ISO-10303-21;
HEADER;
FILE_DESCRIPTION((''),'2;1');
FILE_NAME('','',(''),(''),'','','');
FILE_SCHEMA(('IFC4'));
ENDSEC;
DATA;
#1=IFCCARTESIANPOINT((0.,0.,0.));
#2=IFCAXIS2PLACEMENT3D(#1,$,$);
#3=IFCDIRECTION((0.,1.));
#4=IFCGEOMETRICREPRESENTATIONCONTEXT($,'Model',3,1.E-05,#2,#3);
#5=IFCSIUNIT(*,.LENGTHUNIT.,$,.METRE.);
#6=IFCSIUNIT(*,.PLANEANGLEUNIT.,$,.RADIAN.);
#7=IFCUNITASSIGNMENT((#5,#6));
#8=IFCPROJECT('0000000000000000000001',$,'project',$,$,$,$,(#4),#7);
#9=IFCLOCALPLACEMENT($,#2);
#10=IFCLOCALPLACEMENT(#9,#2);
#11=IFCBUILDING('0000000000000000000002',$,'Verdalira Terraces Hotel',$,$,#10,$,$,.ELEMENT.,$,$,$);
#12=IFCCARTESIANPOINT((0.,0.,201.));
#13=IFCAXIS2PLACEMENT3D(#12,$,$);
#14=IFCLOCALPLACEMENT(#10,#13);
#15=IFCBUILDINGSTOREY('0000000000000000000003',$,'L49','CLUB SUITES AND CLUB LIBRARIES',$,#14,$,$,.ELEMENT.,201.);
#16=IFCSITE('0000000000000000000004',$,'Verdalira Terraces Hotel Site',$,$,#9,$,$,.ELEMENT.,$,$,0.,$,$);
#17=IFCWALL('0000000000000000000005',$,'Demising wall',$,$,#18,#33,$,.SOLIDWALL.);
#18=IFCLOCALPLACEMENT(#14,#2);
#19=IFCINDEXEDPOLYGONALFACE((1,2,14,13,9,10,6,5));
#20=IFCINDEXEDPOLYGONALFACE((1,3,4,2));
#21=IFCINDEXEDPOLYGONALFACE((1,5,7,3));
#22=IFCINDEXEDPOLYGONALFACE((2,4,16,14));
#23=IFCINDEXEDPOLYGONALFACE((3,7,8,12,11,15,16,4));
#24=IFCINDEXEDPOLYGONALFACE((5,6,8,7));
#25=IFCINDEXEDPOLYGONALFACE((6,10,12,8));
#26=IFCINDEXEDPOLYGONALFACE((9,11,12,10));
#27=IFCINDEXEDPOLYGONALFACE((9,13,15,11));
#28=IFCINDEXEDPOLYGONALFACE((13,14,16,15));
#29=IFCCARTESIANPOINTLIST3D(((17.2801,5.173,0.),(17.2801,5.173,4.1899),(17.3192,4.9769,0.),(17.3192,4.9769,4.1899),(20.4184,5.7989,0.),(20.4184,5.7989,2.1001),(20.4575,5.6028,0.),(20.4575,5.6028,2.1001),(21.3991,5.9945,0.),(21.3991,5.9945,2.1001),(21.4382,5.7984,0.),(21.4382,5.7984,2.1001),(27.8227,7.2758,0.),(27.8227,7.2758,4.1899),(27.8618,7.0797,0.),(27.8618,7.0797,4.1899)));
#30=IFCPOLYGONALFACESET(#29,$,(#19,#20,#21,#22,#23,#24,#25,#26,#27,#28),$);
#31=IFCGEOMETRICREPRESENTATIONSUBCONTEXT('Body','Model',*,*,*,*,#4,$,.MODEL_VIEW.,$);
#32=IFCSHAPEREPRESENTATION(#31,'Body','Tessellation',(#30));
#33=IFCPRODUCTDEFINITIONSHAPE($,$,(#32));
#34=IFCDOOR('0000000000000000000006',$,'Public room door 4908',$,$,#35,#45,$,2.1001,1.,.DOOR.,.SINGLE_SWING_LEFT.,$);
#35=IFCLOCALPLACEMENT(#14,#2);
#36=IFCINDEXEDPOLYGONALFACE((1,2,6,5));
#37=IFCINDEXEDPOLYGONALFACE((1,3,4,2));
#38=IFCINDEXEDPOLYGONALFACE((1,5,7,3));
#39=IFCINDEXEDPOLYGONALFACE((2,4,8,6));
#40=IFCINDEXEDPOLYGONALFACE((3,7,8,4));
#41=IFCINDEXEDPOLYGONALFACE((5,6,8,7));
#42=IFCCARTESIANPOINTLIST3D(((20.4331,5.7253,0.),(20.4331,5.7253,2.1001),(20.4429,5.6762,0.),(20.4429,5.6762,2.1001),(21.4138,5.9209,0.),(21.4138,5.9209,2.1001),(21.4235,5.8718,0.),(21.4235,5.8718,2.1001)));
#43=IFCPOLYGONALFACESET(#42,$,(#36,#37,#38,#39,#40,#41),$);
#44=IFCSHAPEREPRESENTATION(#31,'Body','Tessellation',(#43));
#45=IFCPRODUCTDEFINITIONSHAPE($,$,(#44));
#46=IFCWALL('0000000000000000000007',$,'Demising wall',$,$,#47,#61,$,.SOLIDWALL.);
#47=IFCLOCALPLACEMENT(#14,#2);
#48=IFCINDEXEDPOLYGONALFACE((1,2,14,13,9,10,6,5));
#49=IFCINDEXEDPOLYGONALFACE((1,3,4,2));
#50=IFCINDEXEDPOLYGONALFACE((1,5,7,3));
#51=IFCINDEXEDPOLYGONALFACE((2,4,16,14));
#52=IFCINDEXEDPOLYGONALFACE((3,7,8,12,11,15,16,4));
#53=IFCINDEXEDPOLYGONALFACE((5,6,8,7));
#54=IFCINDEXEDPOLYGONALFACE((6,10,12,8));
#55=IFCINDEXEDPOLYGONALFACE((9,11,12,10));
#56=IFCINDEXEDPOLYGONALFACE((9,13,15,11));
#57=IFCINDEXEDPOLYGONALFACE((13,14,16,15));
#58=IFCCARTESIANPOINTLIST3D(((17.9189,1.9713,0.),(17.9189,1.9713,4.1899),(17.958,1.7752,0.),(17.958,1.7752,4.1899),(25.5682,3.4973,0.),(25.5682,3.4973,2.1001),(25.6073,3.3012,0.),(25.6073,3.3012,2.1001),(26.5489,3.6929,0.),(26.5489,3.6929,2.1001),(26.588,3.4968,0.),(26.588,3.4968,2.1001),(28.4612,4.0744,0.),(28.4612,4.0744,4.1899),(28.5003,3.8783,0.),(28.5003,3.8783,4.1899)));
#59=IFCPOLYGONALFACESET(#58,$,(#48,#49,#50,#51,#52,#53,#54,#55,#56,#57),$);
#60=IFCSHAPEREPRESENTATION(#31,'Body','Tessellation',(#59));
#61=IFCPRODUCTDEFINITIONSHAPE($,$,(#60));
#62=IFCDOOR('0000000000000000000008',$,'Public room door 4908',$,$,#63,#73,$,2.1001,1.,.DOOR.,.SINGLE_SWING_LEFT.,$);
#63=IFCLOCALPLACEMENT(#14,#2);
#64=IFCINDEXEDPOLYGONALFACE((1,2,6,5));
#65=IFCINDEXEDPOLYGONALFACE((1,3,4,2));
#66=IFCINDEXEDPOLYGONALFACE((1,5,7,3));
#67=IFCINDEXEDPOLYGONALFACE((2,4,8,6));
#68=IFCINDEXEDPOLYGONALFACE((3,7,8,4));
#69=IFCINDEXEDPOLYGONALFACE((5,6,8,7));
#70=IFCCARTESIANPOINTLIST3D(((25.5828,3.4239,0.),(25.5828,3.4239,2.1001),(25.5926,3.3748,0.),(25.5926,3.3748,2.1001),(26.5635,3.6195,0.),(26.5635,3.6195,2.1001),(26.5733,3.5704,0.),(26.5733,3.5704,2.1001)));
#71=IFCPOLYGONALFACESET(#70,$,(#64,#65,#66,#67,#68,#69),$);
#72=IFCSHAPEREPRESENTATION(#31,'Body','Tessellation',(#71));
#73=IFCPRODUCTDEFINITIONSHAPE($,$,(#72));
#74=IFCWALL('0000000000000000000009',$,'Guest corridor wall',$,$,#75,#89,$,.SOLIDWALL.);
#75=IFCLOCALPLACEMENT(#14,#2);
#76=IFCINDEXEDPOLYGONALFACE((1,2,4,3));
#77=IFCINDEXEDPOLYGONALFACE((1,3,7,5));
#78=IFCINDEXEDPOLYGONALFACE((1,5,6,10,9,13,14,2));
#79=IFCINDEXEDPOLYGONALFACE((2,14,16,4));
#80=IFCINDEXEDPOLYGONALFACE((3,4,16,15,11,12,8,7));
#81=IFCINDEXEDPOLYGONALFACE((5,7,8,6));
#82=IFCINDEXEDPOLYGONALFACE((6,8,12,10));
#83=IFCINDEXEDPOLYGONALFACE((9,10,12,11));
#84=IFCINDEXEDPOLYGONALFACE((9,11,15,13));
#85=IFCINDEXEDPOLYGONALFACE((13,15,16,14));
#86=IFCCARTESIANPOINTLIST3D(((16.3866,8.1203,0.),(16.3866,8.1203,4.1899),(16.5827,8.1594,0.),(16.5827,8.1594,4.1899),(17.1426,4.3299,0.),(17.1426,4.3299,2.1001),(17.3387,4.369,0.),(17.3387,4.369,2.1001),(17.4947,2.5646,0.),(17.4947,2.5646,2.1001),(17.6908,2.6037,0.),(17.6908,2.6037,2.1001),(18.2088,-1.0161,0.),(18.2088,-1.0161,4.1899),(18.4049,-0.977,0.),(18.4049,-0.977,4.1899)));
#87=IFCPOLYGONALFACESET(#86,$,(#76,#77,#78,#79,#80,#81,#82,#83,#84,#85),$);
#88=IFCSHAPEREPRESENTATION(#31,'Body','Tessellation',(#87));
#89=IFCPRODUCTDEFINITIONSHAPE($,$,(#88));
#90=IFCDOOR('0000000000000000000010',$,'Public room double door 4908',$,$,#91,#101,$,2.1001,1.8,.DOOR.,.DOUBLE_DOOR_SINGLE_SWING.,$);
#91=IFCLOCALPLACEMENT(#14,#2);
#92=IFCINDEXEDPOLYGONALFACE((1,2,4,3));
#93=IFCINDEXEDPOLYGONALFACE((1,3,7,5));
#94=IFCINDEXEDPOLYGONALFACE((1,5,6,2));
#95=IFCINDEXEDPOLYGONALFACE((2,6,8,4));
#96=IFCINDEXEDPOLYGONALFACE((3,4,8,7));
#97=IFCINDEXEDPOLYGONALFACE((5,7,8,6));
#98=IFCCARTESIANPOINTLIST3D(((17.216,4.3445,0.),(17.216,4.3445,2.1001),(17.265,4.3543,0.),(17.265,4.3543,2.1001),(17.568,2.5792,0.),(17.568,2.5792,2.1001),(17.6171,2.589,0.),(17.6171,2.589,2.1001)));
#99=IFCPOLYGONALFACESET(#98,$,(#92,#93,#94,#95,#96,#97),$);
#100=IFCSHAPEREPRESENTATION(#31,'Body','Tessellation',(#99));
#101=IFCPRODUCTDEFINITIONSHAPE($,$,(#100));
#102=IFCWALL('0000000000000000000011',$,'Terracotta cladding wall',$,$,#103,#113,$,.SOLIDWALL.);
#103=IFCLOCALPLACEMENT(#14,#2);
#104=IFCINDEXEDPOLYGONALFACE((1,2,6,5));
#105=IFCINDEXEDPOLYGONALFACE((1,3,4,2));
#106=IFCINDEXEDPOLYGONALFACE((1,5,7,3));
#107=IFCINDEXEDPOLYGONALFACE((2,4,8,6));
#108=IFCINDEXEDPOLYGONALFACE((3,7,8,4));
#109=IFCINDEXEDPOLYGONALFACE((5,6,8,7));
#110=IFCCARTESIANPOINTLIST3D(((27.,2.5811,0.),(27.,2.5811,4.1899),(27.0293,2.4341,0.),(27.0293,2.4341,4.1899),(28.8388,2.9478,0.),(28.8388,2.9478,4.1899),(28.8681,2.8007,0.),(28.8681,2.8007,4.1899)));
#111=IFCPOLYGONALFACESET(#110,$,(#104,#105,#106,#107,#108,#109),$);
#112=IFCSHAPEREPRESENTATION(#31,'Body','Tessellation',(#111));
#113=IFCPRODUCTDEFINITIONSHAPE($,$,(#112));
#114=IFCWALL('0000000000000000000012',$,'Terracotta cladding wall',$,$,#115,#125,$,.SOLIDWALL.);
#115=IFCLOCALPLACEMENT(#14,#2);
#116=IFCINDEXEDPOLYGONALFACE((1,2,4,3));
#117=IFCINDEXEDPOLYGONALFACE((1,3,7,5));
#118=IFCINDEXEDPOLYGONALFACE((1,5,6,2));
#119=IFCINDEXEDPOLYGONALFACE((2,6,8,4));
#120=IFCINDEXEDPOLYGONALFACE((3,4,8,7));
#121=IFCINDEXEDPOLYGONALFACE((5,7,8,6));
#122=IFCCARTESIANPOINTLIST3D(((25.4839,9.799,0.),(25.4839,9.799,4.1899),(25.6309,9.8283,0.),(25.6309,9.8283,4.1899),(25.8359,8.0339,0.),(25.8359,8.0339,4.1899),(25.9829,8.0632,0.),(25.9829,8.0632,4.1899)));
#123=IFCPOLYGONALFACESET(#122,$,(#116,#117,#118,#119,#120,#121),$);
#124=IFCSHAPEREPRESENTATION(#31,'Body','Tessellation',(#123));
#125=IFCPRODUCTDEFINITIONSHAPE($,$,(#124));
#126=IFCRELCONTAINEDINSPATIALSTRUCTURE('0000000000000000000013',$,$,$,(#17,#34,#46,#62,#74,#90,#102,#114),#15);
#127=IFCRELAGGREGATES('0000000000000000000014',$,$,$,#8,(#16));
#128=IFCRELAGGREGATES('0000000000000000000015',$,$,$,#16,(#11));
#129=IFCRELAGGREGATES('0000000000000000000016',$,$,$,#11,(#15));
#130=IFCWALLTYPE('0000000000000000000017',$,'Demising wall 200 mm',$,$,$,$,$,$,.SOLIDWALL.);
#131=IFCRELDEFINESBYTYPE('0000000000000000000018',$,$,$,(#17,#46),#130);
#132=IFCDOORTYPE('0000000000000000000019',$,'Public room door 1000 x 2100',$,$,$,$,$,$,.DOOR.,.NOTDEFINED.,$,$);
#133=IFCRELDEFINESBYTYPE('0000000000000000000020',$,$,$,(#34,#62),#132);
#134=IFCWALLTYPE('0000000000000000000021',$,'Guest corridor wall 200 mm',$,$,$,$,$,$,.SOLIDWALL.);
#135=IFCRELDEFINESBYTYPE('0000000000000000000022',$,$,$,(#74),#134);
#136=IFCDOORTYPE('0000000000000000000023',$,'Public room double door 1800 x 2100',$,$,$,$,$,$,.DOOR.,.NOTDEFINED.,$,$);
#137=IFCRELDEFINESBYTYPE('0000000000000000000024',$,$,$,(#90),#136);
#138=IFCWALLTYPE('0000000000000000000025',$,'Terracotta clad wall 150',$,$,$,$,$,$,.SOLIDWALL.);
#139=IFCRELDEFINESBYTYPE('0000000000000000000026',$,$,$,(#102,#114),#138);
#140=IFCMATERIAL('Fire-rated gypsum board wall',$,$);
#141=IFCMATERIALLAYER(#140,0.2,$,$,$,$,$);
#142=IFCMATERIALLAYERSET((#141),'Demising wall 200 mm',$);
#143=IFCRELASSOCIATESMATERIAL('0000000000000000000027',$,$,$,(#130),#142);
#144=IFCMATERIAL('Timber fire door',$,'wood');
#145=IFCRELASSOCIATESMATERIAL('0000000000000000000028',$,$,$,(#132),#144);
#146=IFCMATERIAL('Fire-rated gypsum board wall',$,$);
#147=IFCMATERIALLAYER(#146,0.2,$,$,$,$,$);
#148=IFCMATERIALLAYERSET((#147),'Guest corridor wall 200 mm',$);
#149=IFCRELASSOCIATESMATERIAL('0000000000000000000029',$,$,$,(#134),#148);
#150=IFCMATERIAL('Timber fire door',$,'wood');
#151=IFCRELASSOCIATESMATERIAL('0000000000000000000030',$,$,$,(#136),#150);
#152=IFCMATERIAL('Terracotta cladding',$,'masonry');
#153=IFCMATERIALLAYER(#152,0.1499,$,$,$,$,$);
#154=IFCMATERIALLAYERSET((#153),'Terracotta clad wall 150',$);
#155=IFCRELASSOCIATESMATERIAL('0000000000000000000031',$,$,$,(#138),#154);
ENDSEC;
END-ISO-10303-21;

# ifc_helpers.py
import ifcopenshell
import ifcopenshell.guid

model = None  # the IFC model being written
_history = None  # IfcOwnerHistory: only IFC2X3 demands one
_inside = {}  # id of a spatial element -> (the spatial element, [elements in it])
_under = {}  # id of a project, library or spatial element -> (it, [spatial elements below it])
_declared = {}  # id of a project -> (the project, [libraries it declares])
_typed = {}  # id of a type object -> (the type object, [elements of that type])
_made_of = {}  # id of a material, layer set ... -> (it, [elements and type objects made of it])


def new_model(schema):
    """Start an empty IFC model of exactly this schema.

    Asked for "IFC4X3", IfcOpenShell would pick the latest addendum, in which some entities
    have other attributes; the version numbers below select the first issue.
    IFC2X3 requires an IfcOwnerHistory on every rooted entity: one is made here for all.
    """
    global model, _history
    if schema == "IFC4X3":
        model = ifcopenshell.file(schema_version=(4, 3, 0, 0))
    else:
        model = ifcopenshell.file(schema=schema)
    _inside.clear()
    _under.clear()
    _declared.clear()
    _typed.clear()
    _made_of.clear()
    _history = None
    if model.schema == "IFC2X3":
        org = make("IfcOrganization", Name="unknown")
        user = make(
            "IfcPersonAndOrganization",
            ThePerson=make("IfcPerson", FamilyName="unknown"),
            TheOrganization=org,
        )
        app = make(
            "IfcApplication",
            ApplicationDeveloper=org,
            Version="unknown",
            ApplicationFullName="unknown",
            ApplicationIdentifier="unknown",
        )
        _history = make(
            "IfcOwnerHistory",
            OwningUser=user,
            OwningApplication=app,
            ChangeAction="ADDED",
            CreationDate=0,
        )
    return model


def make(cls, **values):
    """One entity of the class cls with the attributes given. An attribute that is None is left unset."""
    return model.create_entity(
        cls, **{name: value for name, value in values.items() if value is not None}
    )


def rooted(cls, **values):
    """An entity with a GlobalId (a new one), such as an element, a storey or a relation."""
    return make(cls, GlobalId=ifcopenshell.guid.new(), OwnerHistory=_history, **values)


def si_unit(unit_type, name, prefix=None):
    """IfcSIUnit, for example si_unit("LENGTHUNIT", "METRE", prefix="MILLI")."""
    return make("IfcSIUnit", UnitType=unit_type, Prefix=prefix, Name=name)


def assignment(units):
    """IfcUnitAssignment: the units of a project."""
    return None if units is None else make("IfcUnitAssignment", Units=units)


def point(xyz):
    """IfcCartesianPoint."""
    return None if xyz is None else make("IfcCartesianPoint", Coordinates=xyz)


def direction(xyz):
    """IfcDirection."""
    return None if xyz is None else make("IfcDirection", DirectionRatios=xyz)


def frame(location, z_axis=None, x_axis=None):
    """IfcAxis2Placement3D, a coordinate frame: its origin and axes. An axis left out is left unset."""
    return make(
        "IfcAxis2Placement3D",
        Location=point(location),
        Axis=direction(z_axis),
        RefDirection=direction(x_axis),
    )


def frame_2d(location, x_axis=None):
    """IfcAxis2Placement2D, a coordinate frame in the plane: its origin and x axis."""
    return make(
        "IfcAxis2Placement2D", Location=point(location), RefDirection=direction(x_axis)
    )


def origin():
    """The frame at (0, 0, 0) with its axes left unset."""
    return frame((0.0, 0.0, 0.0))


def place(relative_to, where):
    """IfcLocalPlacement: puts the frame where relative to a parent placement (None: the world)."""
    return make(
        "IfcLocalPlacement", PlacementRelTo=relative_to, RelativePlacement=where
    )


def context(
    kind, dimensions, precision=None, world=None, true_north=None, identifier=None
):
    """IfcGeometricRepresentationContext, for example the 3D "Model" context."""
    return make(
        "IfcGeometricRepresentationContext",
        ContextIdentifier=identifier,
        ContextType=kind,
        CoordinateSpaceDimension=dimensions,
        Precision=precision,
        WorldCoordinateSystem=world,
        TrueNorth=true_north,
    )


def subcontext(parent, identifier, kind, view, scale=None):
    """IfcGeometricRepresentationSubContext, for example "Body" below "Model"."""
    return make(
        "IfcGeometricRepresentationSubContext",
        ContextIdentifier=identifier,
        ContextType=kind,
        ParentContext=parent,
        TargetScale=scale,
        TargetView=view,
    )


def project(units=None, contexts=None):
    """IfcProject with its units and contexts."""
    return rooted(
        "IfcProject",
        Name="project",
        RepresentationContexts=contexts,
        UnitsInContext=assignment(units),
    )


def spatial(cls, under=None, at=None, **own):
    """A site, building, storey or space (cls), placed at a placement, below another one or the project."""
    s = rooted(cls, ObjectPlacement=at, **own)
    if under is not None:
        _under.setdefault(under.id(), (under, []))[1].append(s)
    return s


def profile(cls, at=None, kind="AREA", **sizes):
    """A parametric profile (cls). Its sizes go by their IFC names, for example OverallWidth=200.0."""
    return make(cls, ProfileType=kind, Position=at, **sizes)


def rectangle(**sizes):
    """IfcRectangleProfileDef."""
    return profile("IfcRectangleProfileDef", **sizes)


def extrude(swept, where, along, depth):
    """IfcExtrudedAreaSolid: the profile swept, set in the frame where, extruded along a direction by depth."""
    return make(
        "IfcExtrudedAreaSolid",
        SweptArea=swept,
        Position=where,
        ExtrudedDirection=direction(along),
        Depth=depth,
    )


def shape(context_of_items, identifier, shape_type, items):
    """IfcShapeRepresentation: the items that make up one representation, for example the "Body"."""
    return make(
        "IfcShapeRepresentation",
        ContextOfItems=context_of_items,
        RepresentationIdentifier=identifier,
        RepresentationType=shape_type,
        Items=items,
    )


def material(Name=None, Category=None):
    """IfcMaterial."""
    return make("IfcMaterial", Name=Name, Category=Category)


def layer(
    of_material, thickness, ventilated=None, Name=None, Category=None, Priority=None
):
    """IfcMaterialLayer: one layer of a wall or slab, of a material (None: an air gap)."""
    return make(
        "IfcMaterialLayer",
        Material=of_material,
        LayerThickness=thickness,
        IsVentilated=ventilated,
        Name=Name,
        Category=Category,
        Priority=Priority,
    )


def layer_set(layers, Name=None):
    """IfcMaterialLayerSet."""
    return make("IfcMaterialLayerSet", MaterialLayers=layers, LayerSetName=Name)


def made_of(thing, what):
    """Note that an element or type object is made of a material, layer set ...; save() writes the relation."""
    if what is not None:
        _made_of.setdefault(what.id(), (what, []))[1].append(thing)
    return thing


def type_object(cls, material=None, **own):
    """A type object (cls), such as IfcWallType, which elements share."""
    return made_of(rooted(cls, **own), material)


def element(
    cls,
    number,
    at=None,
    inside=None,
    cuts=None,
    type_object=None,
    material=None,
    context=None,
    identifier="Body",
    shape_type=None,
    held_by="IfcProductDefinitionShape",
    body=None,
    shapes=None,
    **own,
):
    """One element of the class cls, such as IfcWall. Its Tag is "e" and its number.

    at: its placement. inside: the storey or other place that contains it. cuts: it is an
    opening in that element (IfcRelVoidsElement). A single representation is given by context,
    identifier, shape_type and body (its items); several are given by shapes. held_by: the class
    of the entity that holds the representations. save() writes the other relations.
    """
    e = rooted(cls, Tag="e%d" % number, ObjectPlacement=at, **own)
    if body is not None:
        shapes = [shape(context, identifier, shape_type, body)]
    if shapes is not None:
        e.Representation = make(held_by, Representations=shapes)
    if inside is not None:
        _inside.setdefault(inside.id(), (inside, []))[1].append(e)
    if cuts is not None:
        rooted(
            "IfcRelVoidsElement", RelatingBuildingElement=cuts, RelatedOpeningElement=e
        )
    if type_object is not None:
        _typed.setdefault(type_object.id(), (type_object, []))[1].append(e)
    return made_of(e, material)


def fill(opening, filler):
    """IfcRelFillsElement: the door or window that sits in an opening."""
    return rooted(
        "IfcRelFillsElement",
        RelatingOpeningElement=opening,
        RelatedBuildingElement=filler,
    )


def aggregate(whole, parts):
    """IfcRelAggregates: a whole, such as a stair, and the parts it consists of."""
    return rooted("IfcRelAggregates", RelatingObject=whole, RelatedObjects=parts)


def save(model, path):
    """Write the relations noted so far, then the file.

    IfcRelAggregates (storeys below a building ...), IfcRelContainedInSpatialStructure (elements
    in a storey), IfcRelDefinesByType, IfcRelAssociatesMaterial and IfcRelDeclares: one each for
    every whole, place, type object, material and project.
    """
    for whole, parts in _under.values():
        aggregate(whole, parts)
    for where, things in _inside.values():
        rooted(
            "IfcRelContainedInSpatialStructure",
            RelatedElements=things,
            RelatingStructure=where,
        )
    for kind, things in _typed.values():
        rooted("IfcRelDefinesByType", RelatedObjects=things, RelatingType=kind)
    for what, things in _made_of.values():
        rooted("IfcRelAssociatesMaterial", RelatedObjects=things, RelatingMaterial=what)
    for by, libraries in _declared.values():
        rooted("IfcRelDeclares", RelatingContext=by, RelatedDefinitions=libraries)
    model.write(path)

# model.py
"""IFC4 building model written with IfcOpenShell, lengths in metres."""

from ifc_helpers import new_model, si_unit, direction, frame, frame_2d, origin, place, context, subcontext, project, spatial, rectangle, extrude, material, layer, layer_set, type_object, element, fill, save


model = new_model("IFC4")

# Units and contexts
model_context = context("Model", 3, precision=1e-05, world=origin(), true_north=direction((0.0, 1.0)))
body_context = subcontext(model_context, "Body", "Model", "MODEL_VIEW")
ifc_project = project(units=[si_unit("LENGTHUNIT", "METRE"), si_unit("PLANEANGLEUNIT", "RADIAN")], contexts=[model_context])

# Site, building, storey
site_placement = place(None, origin())
site = spatial("IfcSite", under=ifc_project, at=site_placement, Name="Verdalira Terraces Hotel Site", CompositionType="ELEMENT", RefElevation=0.0)
building_placement = place(site_placement, origin())
building = spatial("IfcBuilding", under=site, at=building_placement, Name="Verdalira Terraces Hotel", CompositionType="ELEMENT")
storey_placement = place(building_placement, frame((0.0, 0.0, 201.0)))
storey = spatial("IfcBuildingStorey", under=building, at=storey_placement, Name="L49", Description="CLUB SUITES AND CLUB LIBRARIES", CompositionType="ELEMENT", Elevation=201.0)

# Walls, openings, doors
ifc_material_1 = material(Name="Fire-rated gypsum board wall")
ifc_layer_1 = layer(ifc_material_1, 0.2)
ifc_layer_set_1 = layer_set([ifc_layer_1], Name="Demising wall 200 mm")
wall_type_1 = type_object("IfcWallType", Name="Demising wall 200 mm", PredefinedType="SOLIDWALL", material=ifc_layer_set_1)
wall_1_placement = place(storey_placement, frame((17.2998, 5.075, 0.0), z_axis=(0.0, 0.0, 1.0), x_axis=(0.980683, 0.195605, 0.0)))
wall_1 = element("IfcWall", 1, at=wall_1_placement, inside=storey, type_object=wall_type_1, Name="Demising wall", PredefinedType="SOLIDWALL", context=body_context, shape_type="SweptSolid", body=[
    extrude(rectangle(XDim=10.7502, YDim=0.2, at=frame_2d((5.375, 0.0))), origin(), (0.0, 0.0, 1.0), 4.1899),
])
opening_1_placement = place(wall_1_placement, frame((3.2, 0.0, 0.0)))
opening_1 = element("IfcOpeningElement", 2, at=opening_1_placement, cuts=wall_1, PredefinedType="OPENING", context=body_context, shape_type="SweptSolid", body=[
    extrude(rectangle(XDim=1.0, YDim=2.1001, at=frame_2d((0.5, 1.05))), frame((0.0, 0.1099, 0.0), z_axis=(0.0, -1.0, 0.0), x_axis=(1.0, 0.0, 0.0)), (0.0, 0.0, 1.0), 0.22),
])
ifc_material_2 = material(Name="Timber fire door", Category="wood")
door_type_1 = type_object("IfcDoorType", Name="Public room door 1000 x 2100", OperationType="NOTDEFINED", PredefinedType="DOOR", material=ifc_material_2)
door_1_placement = place(opening_1_placement, origin())
door_1 = element("IfcDoor", 3, at=door_1_placement, inside=storey, type_object=door_type_1, Name="Public room door 4908", OperationType="SINGLE_SWING_LEFT", OverallHeight=2.1001, OverallWidth=1.0, PredefinedType="DOOR", context=body_context, shape_type="SweptSolid", body=[
    extrude(rectangle(XDim=1.0, YDim=2.1001, at=frame_2d((0.5, 1.05))), frame((0.0, 0.0249, 0.0), z_axis=(0.0, -1.0, 0.0), x_axis=(1.0, 0.0, 0.0)), (0.0, 0.0, 1.0), 0.05),
])
fill(opening_1, door_1)
wall_2_placement = place(storey_placement, frame((28.4807, 3.9763, 0.0), z_axis=(0.0, 0.0, 1.0), x_axis=(-0.980678, -0.195631, 0.0)))
wall_2 = element("IfcWall", 4, at=wall_2_placement, inside=storey, type_object=wall_type_1, Name="Demising wall", PredefinedType="SOLIDWALL", context=body_context, shape_type="SweptSolid", body=[
    extrude(rectangle(XDim=10.75, YDim=0.2, at=frame_2d((5.375, 0.0))), origin(), (0.0, 0.0, 1.0), 4.1899),
])
opening_2_placement = place(wall_2_placement, frame((1.95, 0.0, 0.0)))
opening_2 = element("IfcOpeningElement", 5, at=opening_2_placement, cuts=wall_2, PredefinedType="OPENING", context=body_context, shape_type="SweptSolid", body=[
    extrude(rectangle(XDim=1.0, YDim=2.1001, at=frame_2d((0.5, 1.05))), frame((0.0, 0.1099, 0.0), z_axis=(0.0, -1.0, 0.0), x_axis=(1.0, 0.0, 0.0)), (0.0, 0.0, 1.0), 0.22),
])
door_2_placement = place(opening_2_placement, origin())
door_2 = element("IfcDoor", 6, at=door_2_placement, inside=storey, type_object=door_type_1, Name="Public room door 4908", OperationType="SINGLE_SWING_LEFT", OverallHeight=2.1001, OverallWidth=1.0, PredefinedType="DOOR", context=body_context, shape_type="SweptSolid", body=[
    extrude(rectangle(XDim=1.0, YDim=2.1001, at=frame_2d((0.5, 1.05))), frame((0.0, 0.0249, 0.0), z_axis=(0.0, -1.0, 0.0), x_axis=(1.0, 0.0, 0.0)), (0.0, 0.0, 1.0), 0.05),
])
fill(opening_2, door_2)
ifc_material_3 = material(Name="Fire-rated gypsum board wall")
ifc_layer_2 = layer(ifc_material_3, 0.2)
ifc_layer_set_2 = layer_set([ifc_layer_2], Name="Guest corridor wall 200 mm")
wall_type_2 = type_object("IfcWallType", Name="Guest corridor wall 200 mm", PredefinedType="SOLIDWALL", material=ifc_layer_set_2)
wall_3_placement = place(storey_placement, frame((16.4846, 8.1399, 0.0), z_axis=(0.0, 0.0, 1.0), x_axis=(0.195597, -0.980684, 0.0)))
wall_3 = element("IfcWall", 7, at=wall_3_placement, inside=storey, type_object=wall_type_2, Name="Guest corridor wall", PredefinedType="SOLIDWALL", context=body_context, shape_type="SweptSolid", body=[
    extrude(rectangle(XDim=9.3164, YDim=0.2, at=frame_2d((4.6582, 0.0))), origin(), (0.0, 0.0, 1.0), 4.1899),
])
opening_3_placement = place(wall_3_placement, frame((3.8652, 0.0, 0.0)))
opening_3 = element("IfcOpeningElement", 8, at=opening_3_placement, cuts=wall_3, PredefinedType="OPENING", context=body_context, shape_type="SweptSolid", body=[
    extrude(rectangle(XDim=1.8, YDim=2.1001, at=frame_2d((0.8999, 1.05))), frame((0.0, 0.1099, 0.0), z_axis=(0.0, -1.0, 0.0), x_axis=(1.0, 0.0, 0.0)), (0.0, 0.0, 1.0), 0.22),
])
ifc_material_4 = material(Name="Timber fire door", Category="wood")
door_type_2 = type_object("IfcDoorType", Name="Public room double door 1800 x 2100", OperationType="NOTDEFINED", PredefinedType="DOOR", material=ifc_material_4)
door_3_placement = place(opening_3_placement, origin())
door_3 = element("IfcDoor", 9, at=door_3_placement, inside=storey, type_object=door_type_2, Name="Public room double door 4908", OperationType="DOUBLE_DOOR_SINGLE_SWING", OverallHeight=2.1001, OverallWidth=1.8, PredefinedType="DOOR", context=body_context, shape_type="SweptSolid", body=[
    extrude(rectangle(XDim=1.8, YDim=2.1001, at=frame_2d((0.8999, 1.05))), frame((0.0, 0.0249, 0.0), z_axis=(0.0, -1.0, 0.0), x_axis=(1.0, 0.0, 0.0)), (0.0, 0.0, 1.0), 0.05),
])
fill(opening_3, door_3)

# Walls
ifc_material_5 = material(Name="Terracotta cladding", Category="masonry")
ifc_layer_3 = layer(ifc_material_5, 0.1499)
ifc_layer_set_3 = layer_set([ifc_layer_3], Name="Terracotta clad wall 150")
wall_type_3 = type_object("IfcWallType", Name="Terracotta clad wall 150", PredefinedType="SOLIDWALL", material=ifc_layer_set_3)
wall_4_placement = place(storey_placement, frame((27.0146, 2.5076, 0.0), z_axis=(0.0, 0.0, 1.0), x_axis=(0.980691, 0.195565, 0.0)))
element("IfcWall", 10, at=wall_4_placement, inside=storey, type_object=wall_type_3, Name="Terracotta cladding wall", PredefinedType="SOLIDWALL", context=body_context, shape_type="SweptSolid", body=[
    extrude(rectangle(XDim=1.875, YDim=0.1499, at=frame_2d((0.9375, 0.0))), origin(), (0.0, 0.0, 1.0), 4.1899),
])
wall_5_placement = place(storey_placement, frame((25.9094, 8.0486, 0.0), z_axis=(0.0, 0.0, 1.0), x_axis=(-0.195594, 0.980685, 0.0)))
element("IfcWall", 11, at=wall_5_placement, inside=storey, type_object=wall_type_3, Name="Terracotta cladding wall", PredefinedType="SOLIDWALL", context=body_context, shape_type="SweptSolid", body=[
    extrude(rectangle(XDim=1.7998, YDim=0.1499, at=frame_2d((0.8999, 0.0))), origin(), (0.0, 0.0, 1.0), 4.1899),
])

save(model, "model.ifc")
